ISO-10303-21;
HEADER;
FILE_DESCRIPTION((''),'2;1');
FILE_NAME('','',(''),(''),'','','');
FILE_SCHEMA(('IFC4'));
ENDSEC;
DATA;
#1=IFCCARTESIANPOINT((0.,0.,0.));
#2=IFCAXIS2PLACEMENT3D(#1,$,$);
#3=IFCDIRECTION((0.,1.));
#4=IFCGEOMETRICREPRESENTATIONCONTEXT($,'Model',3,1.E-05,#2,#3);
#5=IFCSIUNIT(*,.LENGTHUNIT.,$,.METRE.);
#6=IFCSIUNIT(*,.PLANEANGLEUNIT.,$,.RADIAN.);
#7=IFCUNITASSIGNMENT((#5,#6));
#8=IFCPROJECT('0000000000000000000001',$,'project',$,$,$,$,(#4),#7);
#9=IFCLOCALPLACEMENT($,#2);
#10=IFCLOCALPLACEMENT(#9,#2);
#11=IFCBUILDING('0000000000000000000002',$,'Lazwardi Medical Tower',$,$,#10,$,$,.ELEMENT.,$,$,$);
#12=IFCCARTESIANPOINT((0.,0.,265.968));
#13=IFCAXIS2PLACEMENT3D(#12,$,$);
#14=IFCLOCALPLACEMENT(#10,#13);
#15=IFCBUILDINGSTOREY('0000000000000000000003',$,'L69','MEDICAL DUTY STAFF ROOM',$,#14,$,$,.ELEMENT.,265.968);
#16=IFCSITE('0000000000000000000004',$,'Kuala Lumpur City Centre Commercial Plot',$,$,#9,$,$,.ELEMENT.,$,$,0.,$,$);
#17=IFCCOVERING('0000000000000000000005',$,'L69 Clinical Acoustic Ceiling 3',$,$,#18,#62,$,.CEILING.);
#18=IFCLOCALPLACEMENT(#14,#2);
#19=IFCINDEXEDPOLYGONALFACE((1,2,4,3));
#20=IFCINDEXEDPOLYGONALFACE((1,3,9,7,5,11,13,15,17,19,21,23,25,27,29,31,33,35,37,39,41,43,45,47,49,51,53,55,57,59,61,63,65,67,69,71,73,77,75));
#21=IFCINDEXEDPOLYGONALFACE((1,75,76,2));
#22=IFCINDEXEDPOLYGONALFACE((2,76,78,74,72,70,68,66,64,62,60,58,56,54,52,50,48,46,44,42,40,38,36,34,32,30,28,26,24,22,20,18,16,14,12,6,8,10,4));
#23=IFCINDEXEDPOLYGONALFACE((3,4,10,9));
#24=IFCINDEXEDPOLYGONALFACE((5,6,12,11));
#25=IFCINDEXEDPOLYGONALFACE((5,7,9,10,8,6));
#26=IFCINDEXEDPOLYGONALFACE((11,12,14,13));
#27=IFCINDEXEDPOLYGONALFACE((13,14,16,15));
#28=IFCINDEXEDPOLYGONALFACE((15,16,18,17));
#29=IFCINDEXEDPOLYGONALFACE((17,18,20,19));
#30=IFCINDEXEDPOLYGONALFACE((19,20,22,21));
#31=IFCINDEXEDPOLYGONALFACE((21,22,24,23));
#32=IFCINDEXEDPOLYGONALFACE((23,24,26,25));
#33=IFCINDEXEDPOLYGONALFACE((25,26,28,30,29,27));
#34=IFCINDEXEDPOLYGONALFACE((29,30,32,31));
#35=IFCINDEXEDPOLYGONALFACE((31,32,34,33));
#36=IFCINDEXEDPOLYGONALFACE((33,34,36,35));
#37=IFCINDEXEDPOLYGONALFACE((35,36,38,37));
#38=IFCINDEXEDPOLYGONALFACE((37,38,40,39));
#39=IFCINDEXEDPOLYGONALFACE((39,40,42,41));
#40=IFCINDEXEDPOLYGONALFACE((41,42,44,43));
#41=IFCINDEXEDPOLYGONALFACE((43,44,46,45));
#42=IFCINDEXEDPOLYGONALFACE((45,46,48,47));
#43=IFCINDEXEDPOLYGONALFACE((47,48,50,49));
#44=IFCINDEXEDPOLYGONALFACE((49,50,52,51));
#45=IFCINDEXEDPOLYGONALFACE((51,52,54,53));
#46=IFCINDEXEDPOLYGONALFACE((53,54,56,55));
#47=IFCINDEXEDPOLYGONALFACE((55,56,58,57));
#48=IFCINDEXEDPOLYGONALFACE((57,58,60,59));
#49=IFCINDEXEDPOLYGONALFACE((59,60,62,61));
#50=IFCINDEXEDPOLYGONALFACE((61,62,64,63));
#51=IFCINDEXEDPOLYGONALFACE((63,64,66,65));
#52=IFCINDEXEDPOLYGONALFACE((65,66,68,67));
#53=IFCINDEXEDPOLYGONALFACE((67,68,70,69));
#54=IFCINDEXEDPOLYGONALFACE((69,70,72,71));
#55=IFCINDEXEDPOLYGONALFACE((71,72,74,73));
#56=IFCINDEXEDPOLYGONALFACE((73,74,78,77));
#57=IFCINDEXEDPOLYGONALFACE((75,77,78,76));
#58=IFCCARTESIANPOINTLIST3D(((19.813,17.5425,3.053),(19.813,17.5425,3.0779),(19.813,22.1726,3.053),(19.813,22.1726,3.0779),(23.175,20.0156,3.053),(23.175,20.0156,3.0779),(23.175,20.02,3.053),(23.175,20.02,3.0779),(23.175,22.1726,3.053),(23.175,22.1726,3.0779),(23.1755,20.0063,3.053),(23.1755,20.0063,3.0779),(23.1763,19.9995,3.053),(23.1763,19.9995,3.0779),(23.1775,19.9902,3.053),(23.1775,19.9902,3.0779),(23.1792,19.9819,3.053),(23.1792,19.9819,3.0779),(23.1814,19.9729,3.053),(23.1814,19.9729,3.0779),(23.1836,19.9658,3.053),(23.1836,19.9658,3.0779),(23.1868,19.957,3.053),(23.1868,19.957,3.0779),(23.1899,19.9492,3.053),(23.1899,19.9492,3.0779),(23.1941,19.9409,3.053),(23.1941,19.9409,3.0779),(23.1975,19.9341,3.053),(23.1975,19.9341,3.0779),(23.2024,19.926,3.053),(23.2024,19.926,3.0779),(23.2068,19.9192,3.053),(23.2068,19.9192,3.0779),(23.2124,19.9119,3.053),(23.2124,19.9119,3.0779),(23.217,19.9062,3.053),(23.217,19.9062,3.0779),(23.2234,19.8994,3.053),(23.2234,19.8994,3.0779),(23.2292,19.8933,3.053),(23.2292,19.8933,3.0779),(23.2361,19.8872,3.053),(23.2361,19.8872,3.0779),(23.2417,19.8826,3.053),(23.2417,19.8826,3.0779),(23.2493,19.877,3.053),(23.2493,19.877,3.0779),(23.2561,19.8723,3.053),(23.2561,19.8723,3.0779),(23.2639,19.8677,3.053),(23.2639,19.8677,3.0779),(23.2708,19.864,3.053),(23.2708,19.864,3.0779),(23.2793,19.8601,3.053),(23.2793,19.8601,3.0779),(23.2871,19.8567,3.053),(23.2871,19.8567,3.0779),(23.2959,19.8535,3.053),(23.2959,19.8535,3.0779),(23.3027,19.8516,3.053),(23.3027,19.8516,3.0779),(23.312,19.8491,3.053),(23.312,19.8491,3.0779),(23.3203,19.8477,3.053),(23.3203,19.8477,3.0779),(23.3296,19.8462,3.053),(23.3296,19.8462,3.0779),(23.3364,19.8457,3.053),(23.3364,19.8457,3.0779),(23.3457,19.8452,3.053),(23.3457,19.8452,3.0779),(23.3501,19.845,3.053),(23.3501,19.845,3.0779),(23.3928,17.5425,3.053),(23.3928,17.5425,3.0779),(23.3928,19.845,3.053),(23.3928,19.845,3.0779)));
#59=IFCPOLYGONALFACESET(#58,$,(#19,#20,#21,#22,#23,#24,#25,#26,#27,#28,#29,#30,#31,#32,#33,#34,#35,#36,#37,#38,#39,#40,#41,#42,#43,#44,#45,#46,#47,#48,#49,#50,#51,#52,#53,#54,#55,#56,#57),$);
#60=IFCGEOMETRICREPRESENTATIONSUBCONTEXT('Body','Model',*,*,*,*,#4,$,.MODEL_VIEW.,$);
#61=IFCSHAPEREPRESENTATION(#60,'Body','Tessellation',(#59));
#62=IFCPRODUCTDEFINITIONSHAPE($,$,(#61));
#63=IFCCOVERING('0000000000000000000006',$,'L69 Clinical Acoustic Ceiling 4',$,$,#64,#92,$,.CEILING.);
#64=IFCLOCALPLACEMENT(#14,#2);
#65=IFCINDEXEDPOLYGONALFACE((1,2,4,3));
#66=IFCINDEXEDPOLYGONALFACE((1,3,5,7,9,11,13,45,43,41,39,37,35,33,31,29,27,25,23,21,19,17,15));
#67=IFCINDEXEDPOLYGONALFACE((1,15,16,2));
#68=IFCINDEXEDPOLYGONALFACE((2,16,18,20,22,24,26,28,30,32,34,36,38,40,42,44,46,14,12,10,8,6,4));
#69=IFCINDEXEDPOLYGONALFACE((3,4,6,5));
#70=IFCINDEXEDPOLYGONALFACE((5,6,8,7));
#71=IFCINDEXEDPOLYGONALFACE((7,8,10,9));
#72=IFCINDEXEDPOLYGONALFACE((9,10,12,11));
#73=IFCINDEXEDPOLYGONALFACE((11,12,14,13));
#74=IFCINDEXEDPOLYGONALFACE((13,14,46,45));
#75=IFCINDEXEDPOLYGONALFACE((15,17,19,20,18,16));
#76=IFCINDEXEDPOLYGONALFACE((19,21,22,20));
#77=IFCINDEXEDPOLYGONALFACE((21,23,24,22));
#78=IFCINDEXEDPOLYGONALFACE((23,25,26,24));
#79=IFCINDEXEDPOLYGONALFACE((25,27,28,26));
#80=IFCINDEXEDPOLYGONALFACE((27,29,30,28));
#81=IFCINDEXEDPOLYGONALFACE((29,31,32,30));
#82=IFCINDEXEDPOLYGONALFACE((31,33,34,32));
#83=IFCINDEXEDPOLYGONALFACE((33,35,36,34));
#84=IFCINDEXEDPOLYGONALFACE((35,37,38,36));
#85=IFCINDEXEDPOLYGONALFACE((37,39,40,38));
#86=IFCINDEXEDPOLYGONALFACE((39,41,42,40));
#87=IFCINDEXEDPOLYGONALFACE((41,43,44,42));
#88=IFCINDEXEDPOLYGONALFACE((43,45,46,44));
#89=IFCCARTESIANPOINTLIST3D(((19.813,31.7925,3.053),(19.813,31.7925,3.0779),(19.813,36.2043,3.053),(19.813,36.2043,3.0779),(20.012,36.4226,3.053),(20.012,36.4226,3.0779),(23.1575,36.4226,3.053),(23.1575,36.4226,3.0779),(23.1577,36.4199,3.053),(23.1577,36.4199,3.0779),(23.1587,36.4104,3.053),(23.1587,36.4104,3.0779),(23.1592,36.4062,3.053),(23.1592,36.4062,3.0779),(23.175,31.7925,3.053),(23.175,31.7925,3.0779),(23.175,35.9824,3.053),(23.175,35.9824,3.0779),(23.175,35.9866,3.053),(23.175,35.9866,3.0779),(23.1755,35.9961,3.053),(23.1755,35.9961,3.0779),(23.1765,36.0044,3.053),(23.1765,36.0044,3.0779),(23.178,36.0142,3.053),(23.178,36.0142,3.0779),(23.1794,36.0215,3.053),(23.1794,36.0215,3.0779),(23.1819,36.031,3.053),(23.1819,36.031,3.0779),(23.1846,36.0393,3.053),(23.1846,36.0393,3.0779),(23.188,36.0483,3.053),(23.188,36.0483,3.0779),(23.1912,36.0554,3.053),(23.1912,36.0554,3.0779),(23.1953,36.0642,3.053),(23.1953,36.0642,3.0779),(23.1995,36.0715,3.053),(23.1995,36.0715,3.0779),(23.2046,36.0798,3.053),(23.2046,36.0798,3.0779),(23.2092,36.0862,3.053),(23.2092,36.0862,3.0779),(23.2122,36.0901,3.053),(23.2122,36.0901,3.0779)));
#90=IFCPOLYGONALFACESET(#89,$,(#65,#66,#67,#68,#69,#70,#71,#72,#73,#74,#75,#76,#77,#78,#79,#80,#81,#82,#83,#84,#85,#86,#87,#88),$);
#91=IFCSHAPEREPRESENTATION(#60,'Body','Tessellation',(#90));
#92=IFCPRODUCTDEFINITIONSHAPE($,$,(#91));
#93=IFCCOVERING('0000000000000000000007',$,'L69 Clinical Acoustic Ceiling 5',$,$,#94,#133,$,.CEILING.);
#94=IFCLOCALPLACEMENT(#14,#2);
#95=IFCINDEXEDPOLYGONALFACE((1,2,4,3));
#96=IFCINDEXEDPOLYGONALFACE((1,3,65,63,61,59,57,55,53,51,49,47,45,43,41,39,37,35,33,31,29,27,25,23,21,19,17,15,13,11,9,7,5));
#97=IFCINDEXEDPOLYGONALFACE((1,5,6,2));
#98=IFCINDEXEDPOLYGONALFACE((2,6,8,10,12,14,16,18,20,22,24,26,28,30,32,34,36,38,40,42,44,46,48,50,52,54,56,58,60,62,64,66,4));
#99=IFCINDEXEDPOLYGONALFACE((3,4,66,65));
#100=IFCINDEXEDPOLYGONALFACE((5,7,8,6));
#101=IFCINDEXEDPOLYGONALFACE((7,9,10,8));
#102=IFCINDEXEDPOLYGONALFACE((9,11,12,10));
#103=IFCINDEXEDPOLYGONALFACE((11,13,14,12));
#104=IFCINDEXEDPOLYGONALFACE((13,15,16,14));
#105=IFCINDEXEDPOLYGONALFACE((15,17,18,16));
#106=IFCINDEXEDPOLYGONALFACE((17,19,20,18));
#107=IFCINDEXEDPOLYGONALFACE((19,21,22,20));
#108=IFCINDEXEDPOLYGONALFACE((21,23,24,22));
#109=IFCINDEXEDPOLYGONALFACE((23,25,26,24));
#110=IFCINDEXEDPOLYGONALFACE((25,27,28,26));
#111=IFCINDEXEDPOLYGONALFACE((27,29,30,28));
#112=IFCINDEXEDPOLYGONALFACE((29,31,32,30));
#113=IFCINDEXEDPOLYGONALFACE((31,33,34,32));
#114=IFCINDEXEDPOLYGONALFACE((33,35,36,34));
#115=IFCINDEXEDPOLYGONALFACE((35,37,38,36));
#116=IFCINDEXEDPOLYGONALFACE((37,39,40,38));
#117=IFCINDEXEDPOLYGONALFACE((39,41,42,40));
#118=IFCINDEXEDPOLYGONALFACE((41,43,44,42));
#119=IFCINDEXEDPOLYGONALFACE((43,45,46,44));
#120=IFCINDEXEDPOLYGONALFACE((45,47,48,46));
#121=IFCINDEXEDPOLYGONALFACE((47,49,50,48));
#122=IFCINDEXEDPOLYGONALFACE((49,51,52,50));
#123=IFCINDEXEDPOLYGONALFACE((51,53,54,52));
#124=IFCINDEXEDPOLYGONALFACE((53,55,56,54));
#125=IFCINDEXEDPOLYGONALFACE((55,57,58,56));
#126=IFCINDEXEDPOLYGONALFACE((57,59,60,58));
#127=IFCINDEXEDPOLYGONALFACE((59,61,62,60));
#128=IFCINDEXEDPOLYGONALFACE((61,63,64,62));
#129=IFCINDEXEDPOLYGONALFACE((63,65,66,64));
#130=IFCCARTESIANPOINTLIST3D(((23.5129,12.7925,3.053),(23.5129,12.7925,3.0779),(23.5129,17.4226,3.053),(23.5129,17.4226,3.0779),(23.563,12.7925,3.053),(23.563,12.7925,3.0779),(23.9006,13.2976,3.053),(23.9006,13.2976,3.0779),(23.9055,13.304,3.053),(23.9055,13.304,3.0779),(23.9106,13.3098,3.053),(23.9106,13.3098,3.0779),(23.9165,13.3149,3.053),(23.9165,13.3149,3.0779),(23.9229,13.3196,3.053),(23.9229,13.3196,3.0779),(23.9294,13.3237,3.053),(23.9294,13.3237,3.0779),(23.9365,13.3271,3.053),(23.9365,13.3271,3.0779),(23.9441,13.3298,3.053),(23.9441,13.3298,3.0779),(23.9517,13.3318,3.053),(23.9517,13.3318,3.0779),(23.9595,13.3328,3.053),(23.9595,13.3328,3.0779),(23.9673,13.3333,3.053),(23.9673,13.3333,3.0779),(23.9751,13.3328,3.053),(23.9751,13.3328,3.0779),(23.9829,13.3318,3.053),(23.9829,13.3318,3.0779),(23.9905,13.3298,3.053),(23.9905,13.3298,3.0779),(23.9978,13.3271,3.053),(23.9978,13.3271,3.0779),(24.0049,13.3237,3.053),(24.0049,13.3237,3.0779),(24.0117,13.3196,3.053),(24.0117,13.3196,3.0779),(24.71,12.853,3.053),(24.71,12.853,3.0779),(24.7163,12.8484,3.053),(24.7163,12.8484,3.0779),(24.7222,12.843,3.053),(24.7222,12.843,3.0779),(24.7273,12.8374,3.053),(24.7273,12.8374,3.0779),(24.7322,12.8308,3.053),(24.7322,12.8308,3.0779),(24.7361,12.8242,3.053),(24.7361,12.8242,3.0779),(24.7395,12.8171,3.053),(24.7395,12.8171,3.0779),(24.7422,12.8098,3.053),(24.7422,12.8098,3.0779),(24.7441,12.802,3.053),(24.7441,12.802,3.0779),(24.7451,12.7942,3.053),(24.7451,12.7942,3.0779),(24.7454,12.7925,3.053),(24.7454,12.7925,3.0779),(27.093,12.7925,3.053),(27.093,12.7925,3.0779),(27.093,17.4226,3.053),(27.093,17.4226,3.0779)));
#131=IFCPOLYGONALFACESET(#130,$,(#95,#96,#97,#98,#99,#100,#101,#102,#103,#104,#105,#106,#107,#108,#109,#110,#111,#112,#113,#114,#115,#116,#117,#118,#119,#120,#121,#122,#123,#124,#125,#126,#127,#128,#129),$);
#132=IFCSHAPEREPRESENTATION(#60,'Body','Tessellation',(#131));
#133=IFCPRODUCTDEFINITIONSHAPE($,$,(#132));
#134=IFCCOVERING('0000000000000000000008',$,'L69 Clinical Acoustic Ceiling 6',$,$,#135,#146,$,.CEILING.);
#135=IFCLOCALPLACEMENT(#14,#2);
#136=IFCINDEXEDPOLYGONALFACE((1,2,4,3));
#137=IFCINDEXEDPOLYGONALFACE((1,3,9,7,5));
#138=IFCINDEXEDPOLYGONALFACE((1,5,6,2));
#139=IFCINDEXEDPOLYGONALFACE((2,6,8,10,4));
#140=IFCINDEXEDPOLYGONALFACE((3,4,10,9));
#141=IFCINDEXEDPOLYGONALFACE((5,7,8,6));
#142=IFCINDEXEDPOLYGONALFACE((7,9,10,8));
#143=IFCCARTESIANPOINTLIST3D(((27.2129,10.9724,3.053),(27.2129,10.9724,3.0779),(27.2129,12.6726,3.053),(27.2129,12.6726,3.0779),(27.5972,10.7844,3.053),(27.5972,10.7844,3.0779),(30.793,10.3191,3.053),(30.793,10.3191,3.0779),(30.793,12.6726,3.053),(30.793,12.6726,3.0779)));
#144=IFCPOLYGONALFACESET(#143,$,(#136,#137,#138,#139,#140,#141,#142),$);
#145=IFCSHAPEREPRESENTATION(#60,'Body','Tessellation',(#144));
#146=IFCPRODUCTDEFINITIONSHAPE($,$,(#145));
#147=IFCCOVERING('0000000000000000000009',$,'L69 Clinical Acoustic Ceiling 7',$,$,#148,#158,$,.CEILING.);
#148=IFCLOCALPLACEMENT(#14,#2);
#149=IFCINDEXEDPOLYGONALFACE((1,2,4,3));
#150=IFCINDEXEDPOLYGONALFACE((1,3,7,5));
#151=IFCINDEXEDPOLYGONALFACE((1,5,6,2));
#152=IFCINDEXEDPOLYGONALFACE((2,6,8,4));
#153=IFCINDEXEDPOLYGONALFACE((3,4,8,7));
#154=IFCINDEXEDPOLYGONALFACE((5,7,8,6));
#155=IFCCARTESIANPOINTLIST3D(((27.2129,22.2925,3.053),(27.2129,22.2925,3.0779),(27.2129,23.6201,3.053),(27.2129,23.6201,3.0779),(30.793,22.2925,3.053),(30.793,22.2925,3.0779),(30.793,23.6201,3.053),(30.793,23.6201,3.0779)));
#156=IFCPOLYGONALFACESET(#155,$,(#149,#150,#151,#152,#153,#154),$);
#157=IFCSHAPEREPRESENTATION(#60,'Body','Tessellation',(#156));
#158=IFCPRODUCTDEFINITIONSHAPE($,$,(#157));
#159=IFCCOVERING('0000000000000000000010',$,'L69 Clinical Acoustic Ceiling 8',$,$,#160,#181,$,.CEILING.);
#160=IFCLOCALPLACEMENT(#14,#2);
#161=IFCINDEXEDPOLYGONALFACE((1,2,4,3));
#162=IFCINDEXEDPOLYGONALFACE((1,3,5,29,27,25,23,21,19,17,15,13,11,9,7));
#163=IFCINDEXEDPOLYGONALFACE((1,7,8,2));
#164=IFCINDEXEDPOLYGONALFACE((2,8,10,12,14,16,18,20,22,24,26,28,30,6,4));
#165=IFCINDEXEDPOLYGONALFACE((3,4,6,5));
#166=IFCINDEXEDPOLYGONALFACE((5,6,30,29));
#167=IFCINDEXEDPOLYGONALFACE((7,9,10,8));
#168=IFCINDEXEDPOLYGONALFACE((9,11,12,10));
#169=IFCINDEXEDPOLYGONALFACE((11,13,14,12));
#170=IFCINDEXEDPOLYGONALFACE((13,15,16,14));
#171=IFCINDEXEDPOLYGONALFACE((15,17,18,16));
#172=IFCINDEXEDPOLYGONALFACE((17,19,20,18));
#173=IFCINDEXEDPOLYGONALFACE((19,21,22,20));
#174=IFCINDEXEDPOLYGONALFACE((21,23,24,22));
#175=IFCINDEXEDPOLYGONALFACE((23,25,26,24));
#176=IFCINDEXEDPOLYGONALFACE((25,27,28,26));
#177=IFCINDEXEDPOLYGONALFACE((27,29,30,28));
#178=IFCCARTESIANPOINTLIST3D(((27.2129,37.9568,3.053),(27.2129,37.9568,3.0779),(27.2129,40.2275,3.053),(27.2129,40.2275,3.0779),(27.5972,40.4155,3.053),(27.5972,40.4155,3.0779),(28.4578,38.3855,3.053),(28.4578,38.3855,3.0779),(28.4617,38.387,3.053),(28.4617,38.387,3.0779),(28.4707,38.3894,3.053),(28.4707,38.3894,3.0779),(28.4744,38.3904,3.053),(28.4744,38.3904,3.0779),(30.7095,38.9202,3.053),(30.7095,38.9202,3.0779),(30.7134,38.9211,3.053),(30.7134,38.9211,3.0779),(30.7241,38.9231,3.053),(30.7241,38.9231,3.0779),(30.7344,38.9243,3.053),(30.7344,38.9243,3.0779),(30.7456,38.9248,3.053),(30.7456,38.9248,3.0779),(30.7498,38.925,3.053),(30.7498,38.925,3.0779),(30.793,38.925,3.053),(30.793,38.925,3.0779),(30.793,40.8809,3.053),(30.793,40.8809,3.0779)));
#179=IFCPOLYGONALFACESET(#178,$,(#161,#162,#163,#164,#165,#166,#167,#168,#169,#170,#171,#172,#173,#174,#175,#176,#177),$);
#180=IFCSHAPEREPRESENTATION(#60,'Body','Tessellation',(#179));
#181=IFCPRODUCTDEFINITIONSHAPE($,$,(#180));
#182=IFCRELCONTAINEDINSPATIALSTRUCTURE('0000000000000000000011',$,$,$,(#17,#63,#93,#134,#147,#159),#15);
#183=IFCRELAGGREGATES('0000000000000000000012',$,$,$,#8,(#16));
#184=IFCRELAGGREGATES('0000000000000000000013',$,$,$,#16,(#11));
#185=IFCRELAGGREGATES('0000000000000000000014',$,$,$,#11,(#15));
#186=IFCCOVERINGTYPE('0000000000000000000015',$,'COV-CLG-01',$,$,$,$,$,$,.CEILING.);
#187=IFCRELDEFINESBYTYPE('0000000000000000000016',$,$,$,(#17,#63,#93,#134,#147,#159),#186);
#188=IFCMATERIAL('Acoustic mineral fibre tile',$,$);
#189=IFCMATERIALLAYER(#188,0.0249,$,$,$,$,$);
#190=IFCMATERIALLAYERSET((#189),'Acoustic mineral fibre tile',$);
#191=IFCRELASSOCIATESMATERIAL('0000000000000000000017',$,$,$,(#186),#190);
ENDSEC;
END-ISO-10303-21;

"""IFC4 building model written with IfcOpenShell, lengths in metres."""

from ifc_helpers import new_model, si_unit, direction, frame, origin, place, context, subcontext, project, spatial, polyline, outline, extrude, material, layer, layer_set, type_object, element, save


model = new_model("IFC4")

# Units and contexts
model_context = context("Model", 3, precision=1e-05, world=origin(), true_north=direction((0.0, 1.0)))
body_context = subcontext(model_context, "Body", "Model", "MODEL_VIEW")
ifc_project = project(units=[si_unit("LENGTHUNIT", "METRE"), si_unit("PLANEANGLEUNIT", "RADIAN")], contexts=[model_context])

# Site, building, storey
site_placement = place(None, origin())
site = spatial("IfcSite", under=ifc_project, at=site_placement, Name="Kuala Lumpur City Centre Commercial Plot", CompositionType="ELEMENT", RefElevation=0.0)
building_placement = place(site_placement, origin())
building = spatial("IfcBuilding", under=site, at=building_placement, Name="Lazwardi Medical Tower", CompositionType="ELEMENT")
storey_placement = place(building_placement, frame((0.0, 0.0, 265.968)))
storey = spatial("IfcBuildingStorey", under=building, at=storey_placement, Name="L69", Description="MEDICAL DUTY STAFF ROOM", CompositionType="ELEMENT", Elevation=265.968)

# Coverings
ifc_material_1 = material(Name="Acoustic mineral fibre tile")
ifc_layer_1 = layer(ifc_material_1, 0.0249)
ifc_layer_set_1 = layer_set([ifc_layer_1], Name="Acoustic mineral fibre tile")
covering_type_1 = type_object("IfcCoveringType", Name="COV-CLG-01", PredefinedType="CEILING", material=ifc_layer_set_1)
covering_1_placement = place(storey_placement, frame((0.0, 0.0, 3.053)))
element("IfcCovering", 1, at=covering_1_placement, inside=storey, type_object=covering_type_1, Name="L69 Clinical Acoustic Ceiling 3", PredefinedType="CEILING", context=body_context, shape_type="SweptSolid", body=[
    extrude(outline(polyline([(23.3928, 19.845), (23.3501, 19.845), (23.3457, 19.8452), (23.3364, 19.8457), (23.3296, 19.8462), (23.3203, 19.8477), (23.312, 19.8491), (23.3027, 19.8516), (23.2959, 19.8535), (23.2871, 19.8567), (23.2793, 19.8601), (23.2708, 19.864), (23.2639, 19.8677), (23.2561, 19.8723), (23.2493, 19.877), (23.2417, 19.8826), (23.2361, 19.8872), (23.2292, 19.8933), (23.2234, 19.8994), (23.217, 19.9062), (23.2124, 19.9119), (23.2068, 19.9192), (23.2024, 19.926), (23.1975, 19.9341), (23.1941, 19.9409), (23.1899, 19.9492), (23.1868, 19.957), (23.1836, 19.9658), (23.1814, 19.9729), (23.1792, 19.9819), (23.1775, 19.9902), (23.1763, 19.9995), (23.1755, 20.0063), (23.175, 20.0156), (23.175, 20.02), (23.175, 22.1726), (19.813, 22.1726), (19.813, 17.5425), (23.3928, 17.5425), (23.3928, 19.845)])), origin(), (0.0, 0.0, 1.0), 0.0249),
])
covering_2_placement = place(storey_placement, frame((0.0, 0.0, 3.053)))
element("IfcCovering", 2, at=covering_2_placement, inside=storey, type_object=covering_type_1, Name="L69 Clinical Acoustic Ceiling 4", PredefinedType="CEILING", context=body_context, shape_type="SweptSolid", body=[
    extrude(outline(polyline([(20.012, 36.4226), (19.813, 36.2043), (19.813, 31.7925), (23.175, 31.7925), (23.175, 35.9824), (23.175, 35.9866), (23.1755, 35.9961), (23.1765, 36.0044), (23.178, 36.0142), (23.1794, 36.0215), (23.1819, 36.031), (23.1846, 36.0393), (23.188, 36.0483), (23.1912, 36.0554), (23.1953, 36.0642), (23.1995, 36.0715), (23.2046, 36.0798), (23.2092, 36.0862), (23.2122, 36.0901), (23.1592, 36.4062), (23.1587, 36.4104), (23.1577, 36.4199), (23.1575, 36.4226), (20.012, 36.4226)])), origin(), (0.0, 0.0, 1.0), 0.0249),
])
covering_3_placement = place(storey_placement, frame((0.0, 0.0, 3.053)))
element("IfcCovering", 3, at=covering_3_placement, inside=storey, type_object=covering_type_1, Name="L69 Clinical Acoustic Ceiling 5", PredefinedType="CEILING", context=body_context, shape_type="SweptSolid", body=[
    extrude(outline(polyline([(23.563, 12.7925), (23.9006, 13.2976), (23.9055, 13.304), (23.9106, 13.3098), (23.9165, 13.3149), (23.9229, 13.3196), (23.9294, 13.3237), (23.9365, 13.3271), (23.9441, 13.3298), (23.9517, 13.3318), (23.9595, 13.3328), (23.9673, 13.3333), (23.9751, 13.3328), (23.9829, 13.3318), (23.9905, 13.3298), (23.9978, 13.3271), (24.0049, 13.3237), (24.0117, 13.3196), (24.71, 12.853), (24.7163, 12.8484), (24.7222, 12.843), (24.7273, 12.8374), (24.7322, 12.8308), (24.7361, 12.8242), (24.7395, 12.8171), (24.7422, 12.8098), (24.7441, 12.802), (24.7451, 12.7942), (24.7454, 12.7925), (27.093, 12.7925), (27.093, 17.4226), (23.5129, 17.4226), (23.5129, 12.7925), (23.563, 12.7925)])), origin(), (0.0, 0.0, 1.0), 0.0249),
])
covering_4_placement = place(storey_placement, frame((0.0, 0.0, 3.053)))
element("IfcCovering", 4, at=covering_4_placement, inside=storey, type_object=covering_type_1, Name="L69 Clinical Acoustic Ceiling 6", PredefinedType="CEILING", context=body_context, shape_type="SweptSolid", body=[
    extrude(outline(polyline([(27.2129, 10.9724), (27.5972, 10.7844), (30.793, 10.3191), (30.793, 12.6726), (27.2129, 12.6726), (27.2129, 10.9724)])), origin(), (0.0, 0.0, 1.0), 0.0249),
])
covering_5_placement = place(storey_placement, frame((0.0, 0.0, 3.053)))
element("IfcCovering", 5, at=covering_5_placement, inside=storey, type_object=covering_type_1, Name="L69 Clinical Acoustic Ceiling 7", PredefinedType="CEILING", context=body_context, shape_type="SweptSolid", body=[
    extrude(outline(polyline([(30.793, 23.6201), (27.2129, 23.6201), (27.2129, 22.2925), (30.793, 22.2925), (30.793, 23.6201)])), origin(), (0.0, 0.0, 1.0), 0.0249),
])
covering_6_placement = place(storey_placement, frame((0.0, 0.0, 3.053)))
element("IfcCovering", 6, at=covering_6_placement, inside=storey, type_object=covering_type_1, Name="L69 Clinical Acoustic Ceiling 8", PredefinedType="CEILING", context=body_context, shape_type="SweptSolid", body=[
    extrude(outline(polyline([(30.793, 40.8809), (27.5972, 40.4155), (27.2129, 40.2275), (27.2129, 37.9568), (28.4578, 38.3855), (28.4617, 38.387), (28.4707, 38.3894), (28.4744, 38.3904), (30.7095, 38.9202), (30.7134, 38.9211), (30.7241, 38.9231), (30.7344, 38.9243), (30.7456, 38.9248), (30.7498, 38.925), (30.793, 38.925), (30.793, 40.8809)])), origin(), (0.0, 0.0, 1.0), 0.0249),
])

save(model, "model.ifc")
